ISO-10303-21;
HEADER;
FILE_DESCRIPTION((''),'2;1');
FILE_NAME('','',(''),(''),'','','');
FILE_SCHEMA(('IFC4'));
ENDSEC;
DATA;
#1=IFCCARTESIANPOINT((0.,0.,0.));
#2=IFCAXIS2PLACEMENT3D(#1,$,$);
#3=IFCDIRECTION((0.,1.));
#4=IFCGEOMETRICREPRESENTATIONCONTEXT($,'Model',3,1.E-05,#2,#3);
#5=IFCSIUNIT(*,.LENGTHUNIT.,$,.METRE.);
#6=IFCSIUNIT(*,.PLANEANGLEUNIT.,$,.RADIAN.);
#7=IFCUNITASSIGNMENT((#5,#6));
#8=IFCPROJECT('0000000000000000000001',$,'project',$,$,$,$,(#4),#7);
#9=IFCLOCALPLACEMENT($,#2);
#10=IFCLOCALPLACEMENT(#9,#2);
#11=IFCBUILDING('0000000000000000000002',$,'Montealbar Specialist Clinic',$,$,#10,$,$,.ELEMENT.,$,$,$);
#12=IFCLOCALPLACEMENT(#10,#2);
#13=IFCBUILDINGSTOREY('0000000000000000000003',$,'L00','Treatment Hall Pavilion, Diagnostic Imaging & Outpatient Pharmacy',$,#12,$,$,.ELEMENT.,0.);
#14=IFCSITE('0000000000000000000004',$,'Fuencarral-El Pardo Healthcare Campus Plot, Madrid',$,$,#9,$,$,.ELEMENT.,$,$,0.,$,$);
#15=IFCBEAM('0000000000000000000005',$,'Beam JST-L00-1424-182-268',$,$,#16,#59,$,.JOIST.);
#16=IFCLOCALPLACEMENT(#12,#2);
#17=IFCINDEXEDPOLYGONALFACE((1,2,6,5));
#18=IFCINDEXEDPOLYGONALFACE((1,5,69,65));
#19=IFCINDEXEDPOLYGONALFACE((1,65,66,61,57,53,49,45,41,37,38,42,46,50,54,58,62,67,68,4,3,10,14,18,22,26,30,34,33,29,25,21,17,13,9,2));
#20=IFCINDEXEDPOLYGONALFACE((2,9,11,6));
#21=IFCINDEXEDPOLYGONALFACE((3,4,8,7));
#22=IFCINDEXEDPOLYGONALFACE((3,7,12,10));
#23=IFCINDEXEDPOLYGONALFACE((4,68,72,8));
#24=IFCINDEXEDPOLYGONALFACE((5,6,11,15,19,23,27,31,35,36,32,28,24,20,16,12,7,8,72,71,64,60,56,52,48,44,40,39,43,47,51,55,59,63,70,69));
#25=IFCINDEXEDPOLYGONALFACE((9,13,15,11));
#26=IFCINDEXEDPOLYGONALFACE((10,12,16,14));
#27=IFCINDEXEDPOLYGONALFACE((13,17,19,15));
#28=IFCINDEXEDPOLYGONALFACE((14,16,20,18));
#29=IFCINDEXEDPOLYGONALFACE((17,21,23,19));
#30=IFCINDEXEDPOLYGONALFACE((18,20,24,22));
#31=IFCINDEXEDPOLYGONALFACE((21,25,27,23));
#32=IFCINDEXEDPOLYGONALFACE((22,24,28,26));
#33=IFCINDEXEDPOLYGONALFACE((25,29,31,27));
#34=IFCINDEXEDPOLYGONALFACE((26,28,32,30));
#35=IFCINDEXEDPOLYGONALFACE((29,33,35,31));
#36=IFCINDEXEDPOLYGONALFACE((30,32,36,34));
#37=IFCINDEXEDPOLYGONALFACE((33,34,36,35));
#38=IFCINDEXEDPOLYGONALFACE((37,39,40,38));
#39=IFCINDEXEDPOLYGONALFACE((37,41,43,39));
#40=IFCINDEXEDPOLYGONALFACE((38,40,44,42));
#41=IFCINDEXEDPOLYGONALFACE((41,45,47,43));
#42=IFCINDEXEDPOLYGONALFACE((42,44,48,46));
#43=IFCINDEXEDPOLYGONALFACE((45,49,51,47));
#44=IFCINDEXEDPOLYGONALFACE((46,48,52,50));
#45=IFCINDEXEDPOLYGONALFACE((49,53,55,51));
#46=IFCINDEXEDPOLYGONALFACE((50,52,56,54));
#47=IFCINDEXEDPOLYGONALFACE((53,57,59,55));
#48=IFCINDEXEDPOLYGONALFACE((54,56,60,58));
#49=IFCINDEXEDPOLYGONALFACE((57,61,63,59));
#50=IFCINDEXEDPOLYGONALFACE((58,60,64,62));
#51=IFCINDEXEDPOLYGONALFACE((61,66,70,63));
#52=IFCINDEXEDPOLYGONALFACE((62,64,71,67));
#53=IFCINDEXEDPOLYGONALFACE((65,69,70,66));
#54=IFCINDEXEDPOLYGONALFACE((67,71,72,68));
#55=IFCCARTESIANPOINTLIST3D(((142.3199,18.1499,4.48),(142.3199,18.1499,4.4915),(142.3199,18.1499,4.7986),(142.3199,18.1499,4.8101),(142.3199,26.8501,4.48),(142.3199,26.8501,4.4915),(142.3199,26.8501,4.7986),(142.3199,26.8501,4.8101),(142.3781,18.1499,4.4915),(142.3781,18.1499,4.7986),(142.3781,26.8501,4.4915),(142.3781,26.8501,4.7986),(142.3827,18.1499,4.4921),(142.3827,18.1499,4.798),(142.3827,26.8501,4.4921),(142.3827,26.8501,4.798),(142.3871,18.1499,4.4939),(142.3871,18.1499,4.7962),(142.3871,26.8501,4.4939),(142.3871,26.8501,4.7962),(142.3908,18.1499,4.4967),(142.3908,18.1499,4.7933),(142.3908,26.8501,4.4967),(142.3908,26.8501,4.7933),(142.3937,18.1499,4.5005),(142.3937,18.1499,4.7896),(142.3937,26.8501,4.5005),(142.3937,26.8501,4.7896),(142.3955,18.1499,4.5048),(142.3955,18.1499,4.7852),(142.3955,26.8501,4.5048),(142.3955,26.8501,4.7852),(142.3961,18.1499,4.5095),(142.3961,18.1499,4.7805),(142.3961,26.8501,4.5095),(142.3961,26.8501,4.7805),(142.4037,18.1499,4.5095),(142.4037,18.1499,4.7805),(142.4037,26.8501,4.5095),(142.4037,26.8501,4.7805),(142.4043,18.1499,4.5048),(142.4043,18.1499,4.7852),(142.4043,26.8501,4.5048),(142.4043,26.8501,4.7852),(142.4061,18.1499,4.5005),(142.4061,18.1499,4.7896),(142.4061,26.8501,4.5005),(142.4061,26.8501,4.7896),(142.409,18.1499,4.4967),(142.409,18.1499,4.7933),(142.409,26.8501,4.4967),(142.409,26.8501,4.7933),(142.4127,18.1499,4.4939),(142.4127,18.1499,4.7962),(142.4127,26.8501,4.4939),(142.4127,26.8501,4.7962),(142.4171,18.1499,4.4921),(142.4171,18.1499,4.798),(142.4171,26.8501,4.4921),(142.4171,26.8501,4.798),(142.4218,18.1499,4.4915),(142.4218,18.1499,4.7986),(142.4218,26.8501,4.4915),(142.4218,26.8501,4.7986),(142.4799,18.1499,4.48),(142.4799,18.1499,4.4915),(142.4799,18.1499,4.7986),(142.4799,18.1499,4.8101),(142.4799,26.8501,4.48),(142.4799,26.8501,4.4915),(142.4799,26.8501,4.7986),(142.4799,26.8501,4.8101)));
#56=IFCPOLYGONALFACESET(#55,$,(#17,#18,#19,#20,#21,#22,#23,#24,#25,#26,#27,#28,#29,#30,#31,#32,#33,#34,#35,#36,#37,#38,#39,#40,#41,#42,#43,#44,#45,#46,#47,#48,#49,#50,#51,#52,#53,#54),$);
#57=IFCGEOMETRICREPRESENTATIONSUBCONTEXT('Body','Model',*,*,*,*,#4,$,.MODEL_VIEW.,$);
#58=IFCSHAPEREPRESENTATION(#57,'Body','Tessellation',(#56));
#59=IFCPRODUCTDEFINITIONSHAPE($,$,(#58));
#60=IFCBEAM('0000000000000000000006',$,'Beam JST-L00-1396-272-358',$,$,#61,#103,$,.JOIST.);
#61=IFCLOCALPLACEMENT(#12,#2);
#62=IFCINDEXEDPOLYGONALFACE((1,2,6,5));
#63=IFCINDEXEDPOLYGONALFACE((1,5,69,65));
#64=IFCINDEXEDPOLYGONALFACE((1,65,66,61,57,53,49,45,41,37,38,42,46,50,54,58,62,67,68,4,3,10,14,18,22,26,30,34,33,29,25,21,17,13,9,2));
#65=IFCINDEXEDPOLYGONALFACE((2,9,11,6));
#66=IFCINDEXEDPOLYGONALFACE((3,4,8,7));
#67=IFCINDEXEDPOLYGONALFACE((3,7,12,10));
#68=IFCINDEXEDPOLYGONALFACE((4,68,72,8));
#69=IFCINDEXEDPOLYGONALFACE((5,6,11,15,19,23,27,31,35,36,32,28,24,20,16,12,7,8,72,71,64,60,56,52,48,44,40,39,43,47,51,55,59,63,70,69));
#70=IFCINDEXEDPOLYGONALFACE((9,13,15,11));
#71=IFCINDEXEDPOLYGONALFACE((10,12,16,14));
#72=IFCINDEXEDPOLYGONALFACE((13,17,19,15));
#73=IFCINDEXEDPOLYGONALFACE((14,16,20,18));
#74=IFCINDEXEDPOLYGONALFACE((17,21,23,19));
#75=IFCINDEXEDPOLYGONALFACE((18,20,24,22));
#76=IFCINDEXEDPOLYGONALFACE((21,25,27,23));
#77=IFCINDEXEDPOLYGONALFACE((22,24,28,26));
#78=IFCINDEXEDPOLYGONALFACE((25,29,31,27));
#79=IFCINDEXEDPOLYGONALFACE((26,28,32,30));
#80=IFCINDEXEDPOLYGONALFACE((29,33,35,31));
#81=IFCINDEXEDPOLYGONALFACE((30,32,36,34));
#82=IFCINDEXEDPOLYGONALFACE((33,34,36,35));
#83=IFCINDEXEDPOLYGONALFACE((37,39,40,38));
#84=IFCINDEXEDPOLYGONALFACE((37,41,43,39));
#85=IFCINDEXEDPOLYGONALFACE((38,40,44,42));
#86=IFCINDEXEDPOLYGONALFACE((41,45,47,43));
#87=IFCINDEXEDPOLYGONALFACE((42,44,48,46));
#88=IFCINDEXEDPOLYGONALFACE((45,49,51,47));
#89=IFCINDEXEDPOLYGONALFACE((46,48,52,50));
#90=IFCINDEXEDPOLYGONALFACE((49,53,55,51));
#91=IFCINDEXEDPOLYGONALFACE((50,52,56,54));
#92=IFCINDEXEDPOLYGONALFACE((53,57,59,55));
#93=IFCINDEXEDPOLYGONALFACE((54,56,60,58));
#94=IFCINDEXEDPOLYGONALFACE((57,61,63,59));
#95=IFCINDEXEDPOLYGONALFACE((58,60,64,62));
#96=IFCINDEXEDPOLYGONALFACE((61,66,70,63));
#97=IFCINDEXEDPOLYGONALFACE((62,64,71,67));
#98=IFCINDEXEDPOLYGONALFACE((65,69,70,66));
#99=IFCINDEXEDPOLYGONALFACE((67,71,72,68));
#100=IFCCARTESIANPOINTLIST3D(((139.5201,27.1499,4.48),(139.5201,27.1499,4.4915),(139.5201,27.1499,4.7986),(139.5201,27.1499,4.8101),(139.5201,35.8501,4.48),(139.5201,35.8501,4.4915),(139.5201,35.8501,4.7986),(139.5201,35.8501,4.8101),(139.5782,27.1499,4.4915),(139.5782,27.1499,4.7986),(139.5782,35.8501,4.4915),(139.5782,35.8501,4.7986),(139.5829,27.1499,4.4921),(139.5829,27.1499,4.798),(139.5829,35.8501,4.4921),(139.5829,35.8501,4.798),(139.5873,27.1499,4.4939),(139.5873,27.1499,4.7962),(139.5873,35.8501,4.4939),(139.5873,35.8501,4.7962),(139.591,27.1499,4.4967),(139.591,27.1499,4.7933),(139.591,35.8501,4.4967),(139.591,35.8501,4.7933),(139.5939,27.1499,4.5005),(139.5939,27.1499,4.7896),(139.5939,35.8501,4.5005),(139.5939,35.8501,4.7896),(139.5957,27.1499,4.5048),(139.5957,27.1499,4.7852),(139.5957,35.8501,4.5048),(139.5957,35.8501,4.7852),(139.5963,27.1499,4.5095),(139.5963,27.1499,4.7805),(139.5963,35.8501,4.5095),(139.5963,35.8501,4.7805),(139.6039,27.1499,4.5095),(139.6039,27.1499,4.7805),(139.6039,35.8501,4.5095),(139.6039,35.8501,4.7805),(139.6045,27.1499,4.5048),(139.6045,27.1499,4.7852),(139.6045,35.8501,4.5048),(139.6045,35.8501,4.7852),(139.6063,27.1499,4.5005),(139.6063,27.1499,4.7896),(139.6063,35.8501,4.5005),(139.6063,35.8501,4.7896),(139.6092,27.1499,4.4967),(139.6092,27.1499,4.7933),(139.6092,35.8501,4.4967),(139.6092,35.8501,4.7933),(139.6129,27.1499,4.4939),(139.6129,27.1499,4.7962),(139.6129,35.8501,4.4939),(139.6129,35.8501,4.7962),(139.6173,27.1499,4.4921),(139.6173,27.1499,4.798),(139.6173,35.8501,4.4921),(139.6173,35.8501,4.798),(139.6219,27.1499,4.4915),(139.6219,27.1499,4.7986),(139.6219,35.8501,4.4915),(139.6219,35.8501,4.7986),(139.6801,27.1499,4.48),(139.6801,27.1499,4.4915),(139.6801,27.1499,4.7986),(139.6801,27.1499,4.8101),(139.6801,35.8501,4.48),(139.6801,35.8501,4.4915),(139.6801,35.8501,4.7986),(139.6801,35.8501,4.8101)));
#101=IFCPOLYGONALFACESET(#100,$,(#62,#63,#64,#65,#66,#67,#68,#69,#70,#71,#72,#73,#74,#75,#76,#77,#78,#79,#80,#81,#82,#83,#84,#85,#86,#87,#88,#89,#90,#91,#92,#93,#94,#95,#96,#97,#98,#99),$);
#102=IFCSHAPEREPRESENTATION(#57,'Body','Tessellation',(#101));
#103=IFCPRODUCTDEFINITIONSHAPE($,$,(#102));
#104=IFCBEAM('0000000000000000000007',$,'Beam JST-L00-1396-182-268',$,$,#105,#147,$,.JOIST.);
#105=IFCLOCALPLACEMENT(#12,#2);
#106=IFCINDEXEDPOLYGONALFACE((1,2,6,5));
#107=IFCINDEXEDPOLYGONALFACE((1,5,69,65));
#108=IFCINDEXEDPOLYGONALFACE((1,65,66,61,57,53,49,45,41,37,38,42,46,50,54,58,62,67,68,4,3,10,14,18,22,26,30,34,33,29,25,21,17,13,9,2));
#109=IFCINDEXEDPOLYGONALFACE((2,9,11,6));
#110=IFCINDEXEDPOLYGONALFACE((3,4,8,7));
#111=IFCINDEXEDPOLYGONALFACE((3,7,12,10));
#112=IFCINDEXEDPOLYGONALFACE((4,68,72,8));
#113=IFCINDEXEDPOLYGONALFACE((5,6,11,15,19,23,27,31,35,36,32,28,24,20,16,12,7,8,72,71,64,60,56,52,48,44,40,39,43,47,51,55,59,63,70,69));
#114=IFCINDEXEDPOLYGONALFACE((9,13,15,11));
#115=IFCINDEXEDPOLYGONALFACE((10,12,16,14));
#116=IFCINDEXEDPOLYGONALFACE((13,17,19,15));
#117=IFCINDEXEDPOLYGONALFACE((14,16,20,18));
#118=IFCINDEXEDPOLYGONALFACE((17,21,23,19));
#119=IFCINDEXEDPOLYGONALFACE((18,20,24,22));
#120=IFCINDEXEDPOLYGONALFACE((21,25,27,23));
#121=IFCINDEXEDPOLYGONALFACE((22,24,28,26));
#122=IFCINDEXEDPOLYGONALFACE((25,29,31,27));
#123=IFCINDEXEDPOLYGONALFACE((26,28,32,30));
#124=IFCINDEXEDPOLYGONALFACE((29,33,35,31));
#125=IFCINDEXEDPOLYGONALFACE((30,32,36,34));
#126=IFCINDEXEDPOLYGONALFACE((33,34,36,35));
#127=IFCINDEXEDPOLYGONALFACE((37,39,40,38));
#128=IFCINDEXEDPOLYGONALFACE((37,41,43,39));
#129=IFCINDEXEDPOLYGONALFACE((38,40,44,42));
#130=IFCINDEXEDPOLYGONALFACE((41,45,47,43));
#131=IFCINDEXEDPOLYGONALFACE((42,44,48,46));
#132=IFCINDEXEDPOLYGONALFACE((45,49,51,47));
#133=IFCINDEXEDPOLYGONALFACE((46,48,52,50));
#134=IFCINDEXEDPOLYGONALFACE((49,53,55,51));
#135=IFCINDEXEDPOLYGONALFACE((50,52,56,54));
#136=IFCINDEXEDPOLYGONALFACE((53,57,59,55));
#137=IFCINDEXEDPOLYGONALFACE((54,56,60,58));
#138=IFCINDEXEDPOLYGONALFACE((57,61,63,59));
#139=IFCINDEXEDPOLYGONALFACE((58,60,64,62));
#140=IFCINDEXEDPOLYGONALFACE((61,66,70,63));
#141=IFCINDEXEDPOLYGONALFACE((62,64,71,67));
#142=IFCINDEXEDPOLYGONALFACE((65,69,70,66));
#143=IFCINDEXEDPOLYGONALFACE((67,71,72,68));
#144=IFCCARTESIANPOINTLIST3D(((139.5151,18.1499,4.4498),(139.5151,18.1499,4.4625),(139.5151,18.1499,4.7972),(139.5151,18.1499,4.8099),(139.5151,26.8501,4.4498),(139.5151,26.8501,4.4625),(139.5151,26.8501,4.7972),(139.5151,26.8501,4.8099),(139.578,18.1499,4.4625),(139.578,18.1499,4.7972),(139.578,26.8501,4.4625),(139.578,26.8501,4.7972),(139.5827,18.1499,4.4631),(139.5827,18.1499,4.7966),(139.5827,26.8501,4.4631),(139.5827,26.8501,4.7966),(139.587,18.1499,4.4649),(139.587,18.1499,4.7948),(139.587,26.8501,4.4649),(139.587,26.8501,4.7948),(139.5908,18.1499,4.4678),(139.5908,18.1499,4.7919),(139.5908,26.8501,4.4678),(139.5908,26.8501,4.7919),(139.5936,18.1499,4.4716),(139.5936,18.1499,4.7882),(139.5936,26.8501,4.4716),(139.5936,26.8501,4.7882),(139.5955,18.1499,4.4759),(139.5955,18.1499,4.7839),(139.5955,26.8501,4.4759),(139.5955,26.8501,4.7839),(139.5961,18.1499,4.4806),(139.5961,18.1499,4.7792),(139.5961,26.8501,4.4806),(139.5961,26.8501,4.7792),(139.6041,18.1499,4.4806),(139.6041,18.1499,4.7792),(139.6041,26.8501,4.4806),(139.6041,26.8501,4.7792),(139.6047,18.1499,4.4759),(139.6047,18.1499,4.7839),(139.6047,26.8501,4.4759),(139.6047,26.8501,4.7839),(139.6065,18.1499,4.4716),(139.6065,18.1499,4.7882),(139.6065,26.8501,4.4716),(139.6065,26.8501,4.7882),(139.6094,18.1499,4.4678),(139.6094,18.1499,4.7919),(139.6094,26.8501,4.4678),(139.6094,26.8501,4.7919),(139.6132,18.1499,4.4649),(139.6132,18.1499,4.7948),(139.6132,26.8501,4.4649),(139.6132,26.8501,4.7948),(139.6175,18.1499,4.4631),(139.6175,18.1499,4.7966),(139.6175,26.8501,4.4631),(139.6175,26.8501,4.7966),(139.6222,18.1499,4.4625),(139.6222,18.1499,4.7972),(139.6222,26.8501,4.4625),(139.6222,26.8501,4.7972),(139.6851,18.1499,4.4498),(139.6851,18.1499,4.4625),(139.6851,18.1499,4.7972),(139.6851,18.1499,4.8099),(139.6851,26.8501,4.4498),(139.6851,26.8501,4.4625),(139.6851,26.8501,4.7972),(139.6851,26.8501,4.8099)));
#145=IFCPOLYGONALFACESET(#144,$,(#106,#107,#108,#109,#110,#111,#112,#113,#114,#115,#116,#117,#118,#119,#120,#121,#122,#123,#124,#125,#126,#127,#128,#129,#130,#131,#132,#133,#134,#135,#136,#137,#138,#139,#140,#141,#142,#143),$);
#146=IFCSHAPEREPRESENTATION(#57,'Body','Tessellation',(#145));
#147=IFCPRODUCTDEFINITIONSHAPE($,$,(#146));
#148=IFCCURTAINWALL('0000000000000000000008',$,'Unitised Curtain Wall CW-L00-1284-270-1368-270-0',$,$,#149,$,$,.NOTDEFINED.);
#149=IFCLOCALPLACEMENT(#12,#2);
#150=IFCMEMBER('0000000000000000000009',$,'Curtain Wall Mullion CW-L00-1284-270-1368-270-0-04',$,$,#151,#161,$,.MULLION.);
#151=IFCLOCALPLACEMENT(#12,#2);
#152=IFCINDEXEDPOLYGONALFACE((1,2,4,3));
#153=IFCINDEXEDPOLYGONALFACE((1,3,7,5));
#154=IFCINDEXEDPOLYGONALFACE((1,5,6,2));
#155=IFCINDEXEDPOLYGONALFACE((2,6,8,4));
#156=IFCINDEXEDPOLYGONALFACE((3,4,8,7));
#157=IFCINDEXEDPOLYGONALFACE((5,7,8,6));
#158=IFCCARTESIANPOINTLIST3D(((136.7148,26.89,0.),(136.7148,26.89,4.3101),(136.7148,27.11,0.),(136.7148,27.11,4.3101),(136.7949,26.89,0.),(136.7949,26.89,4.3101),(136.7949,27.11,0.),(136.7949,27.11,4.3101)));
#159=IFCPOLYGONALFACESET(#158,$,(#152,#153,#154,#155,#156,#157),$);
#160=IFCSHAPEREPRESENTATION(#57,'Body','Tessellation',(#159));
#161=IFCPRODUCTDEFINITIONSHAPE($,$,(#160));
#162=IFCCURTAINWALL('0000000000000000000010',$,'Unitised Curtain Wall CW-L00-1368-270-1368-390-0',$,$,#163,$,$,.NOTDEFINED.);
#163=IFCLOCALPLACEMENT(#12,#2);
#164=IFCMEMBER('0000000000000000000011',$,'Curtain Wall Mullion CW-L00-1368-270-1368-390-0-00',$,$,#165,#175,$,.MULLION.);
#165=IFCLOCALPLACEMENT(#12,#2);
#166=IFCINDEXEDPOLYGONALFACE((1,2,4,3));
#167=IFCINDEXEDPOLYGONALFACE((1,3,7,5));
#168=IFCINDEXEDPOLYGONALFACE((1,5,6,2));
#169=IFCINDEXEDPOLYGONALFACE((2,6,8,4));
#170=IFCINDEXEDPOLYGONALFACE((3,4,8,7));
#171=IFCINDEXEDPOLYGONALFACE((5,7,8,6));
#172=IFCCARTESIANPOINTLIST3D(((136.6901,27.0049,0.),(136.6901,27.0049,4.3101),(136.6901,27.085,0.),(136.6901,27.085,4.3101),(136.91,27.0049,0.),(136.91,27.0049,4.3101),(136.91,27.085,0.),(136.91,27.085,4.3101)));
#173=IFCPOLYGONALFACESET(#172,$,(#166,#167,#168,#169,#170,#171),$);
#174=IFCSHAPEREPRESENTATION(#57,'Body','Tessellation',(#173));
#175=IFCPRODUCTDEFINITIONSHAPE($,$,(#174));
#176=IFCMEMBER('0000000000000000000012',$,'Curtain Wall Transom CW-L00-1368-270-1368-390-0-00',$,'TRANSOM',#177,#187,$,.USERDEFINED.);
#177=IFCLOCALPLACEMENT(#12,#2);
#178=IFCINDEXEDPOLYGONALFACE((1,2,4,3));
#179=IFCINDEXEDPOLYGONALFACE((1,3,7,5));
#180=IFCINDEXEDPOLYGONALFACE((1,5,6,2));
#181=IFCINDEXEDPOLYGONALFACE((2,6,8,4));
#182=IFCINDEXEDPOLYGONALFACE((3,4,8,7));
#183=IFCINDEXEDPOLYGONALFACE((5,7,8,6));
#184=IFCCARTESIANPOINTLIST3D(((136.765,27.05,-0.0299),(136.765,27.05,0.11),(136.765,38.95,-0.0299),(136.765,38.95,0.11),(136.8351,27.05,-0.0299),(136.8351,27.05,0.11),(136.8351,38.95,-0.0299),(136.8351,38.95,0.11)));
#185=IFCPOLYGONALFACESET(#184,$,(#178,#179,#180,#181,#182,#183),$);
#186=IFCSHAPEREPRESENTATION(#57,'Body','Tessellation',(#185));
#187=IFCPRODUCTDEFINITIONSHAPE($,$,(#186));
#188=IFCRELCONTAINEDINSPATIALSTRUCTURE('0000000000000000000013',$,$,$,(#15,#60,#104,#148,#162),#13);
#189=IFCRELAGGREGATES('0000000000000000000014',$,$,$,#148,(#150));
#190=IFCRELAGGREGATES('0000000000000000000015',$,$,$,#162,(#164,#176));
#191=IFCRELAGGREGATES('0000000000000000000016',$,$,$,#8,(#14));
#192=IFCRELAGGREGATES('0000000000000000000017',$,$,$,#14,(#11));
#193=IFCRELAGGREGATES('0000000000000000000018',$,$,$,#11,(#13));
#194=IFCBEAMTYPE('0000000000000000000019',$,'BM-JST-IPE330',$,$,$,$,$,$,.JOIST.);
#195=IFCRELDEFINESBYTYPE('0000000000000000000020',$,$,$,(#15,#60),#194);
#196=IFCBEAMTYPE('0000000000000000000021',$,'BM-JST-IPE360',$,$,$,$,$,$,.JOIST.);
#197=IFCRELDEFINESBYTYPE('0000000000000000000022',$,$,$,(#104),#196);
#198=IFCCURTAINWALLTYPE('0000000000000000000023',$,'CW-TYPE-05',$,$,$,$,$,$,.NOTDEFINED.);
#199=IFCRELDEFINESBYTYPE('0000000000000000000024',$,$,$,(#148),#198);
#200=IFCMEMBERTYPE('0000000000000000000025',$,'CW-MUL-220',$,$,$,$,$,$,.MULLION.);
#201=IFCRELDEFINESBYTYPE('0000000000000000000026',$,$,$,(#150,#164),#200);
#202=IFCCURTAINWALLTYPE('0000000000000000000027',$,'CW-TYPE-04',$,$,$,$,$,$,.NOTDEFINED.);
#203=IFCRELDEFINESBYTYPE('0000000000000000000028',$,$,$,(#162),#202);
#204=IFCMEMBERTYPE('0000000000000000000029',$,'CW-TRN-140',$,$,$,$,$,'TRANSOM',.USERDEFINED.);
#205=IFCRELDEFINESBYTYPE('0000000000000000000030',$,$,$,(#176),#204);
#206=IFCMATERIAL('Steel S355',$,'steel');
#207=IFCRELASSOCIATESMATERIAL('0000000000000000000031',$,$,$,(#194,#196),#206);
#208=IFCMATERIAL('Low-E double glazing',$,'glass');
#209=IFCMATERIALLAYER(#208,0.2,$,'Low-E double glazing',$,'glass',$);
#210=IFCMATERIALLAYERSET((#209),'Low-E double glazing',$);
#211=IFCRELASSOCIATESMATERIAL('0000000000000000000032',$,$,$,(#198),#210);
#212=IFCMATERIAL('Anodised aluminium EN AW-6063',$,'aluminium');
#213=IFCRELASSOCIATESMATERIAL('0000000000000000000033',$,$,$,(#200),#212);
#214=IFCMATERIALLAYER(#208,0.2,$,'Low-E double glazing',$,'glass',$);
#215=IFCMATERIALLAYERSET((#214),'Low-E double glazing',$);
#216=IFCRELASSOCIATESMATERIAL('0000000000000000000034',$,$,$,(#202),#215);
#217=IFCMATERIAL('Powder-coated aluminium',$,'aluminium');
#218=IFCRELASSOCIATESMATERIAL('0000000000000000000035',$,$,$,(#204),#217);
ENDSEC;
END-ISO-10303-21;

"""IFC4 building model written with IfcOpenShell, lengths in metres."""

from ifc_helpers import new_model, si_unit, direction, frame, origin, origin_2d, place, context, subcontext, project, spatial, rectangle, i_section, extrude, material, layer, layer_set, material_profile, profile_set, type_object, element, aggregate, save


model = new_model("IFC4")

# Units and contexts
model_context = context("Model", 3, precision=1e-05, world=origin(), true_north=direction((0.0, 1.0)))
body_context = subcontext(model_context, "Body", "Model", "MODEL_VIEW")
ifc_project = project(units=[si_unit("LENGTHUNIT", "METRE"), si_unit("PLANEANGLEUNIT", "RADIAN")], contexts=[model_context])

# Site, building, storey
site_placement = place(None, origin())
site = spatial("IfcSite", under=ifc_project, at=site_placement, Name="Fuencarral-El Pardo Healthcare Campus Plot, Madrid", CompositionType="ELEMENT", RefElevation=0.0)
building_placement = place(site_placement, origin())
building = spatial("IfcBuilding", under=site, at=building_placement, Name="Montealbar Specialist Clinic", CompositionType="ELEMENT")
storey_placement = place(building_placement, origin())
storey = spatial("IfcBuildingStorey", under=building, at=storey_placement, Name="L00", Description="Treatment Hall Pavilion, Diagnostic Imaging & Outpatient Pharmacy", CompositionType="ELEMENT", Elevation=0.0)

# Shared definitions
ifc_material_1 = material(Name="Steel S355", Category="steel")

# Beams
ifc_material_profile_1 = material_profile(ifc_material_1, i_section(OverallWidth=0.1599, OverallDepth=0.3301, WebThickness=0.0076, FlangeThickness=0.0115, FilletRadius=0.0181, at=origin_2d()), Name="IPE 330", Category="steel")
ifc_profile_set_1 = profile_set([ifc_material_profile_1], Name="Steel S355")
beam_type_1 = type_object("IfcBeamType", Name="BM-JST-IPE330", PredefinedType="JOIST", material=ifc_profile_set_1)
for number, where, z_axis, x_axis, name in (
    (1, (142.3999, 18.1499, 4.645), (0.0, 1.0, 0.0), (-1.0, 0.0, 0.0), "Beam JST-L00-1424-182-268"),
    (2, (139.6001, 27.1499, 4.645), (0.0, 1.0, 0.0), (-1.0, 0.0, 0.0), "Beam JST-L00-1396-272-358"),
):
    element("IfcBeam", number, at=place(storey_placement, frame(where, z_axis=z_axis, x_axis=x_axis)), inside=storey, type_object=beam_type_1, Name=name, PredefinedType="JOIST", context=body_context, shape_type="SweptSolid", body=[
        extrude(i_section(OverallWidth=0.1599, OverallDepth=0.3301, WebThickness=0.0076, FlangeThickness=0.0115, FilletRadius=0.0181, at=origin_2d()), origin(), (0.0, 0.0, 1.0), 8.7002),
    ])
ifc_material_profile_2 = material_profile(ifc_material_1, i_section(OverallWidth=0.1699, OverallDepth=0.3601, WebThickness=0.0081, FlangeThickness=0.0127, FilletRadius=0.0181, at=origin_2d()), Name="IPE 360", Category="steel")
ifc_profile_set_2 = profile_set([ifc_material_profile_2], Name="Steel S355")
beam_type_2 = type_object("IfcBeamType", Name="BM-JST-IPE360", PredefinedType="JOIST", material=ifc_profile_set_2)
beam_1_placement = place(storey_placement, frame((139.6001, 18.1499, 4.6299), z_axis=(0.0, 1.0, 0.0), x_axis=(-1.0, 0.0, 0.0)))
element("IfcBeam", 3, at=beam_1_placement, inside=storey, type_object=beam_type_2, Name="Beam JST-L00-1396-182-268", PredefinedType="JOIST", context=body_context, shape_type="SweptSolid", body=[
    extrude(i_section(OverallWidth=0.1699, OverallDepth=0.3601, WebThickness=0.0081, FlangeThickness=0.0127, FilletRadius=0.0181, at=origin_2d()), origin(), (0.0, 0.0, 1.0), 8.7002),
])

# Curtain wall, member
ifc_material_2 = material(Name="Low-E double glazing", Category="glass")
ifc_layer_1 = layer(ifc_material_2, 0.2, Name="Low-E double glazing", Category="glass")
ifc_layer_set_1 = layer_set([ifc_layer_1], Name="Low-E double glazing")
curtain_wall_type_1 = type_object("IfcCurtainWallType", Name="CW-TYPE-05", PredefinedType="NOTDEFINED", material=ifc_layer_set_1)
curtain_wall_1_placement = place(storey_placement, origin())
curtain_wall_1 = element("IfcCurtainWall", 4, at=curtain_wall_1_placement, inside=storey, type_object=curtain_wall_type_1, Name="Unitised Curtain Wall CW-L00-1284-270-1368-270-0", PredefinedType="NOTDEFINED")
ifc_material_3 = material(Name="Anodised aluminium EN AW-6063", Category="aluminium")
ifc_material_profile_3 = material_profile(ifc_material_3, rectangle(XDim=0.0801, YDim=0.22, at=origin_2d()), Name="ALU 80x220", Category="aluminium")
ifc_profile_set_3 = profile_set([ifc_material_profile_3], Name="Anodised aluminium EN AW-6063")
member_type_1 = type_object("IfcMemberType", Name="CW-MUL-220", PredefinedType="MULLION", material=ifc_profile_set_3)
member_1_placement = place(storey_placement, frame((136.7549, 27.0, 0.0), z_axis=(0.0, 0.0, 1.0), x_axis=(1.0, 0.0, 0.0)))
member_1 = element("IfcMember", 5, at=member_1_placement, type_object=member_type_1, Name="Curtain Wall Mullion CW-L00-1284-270-1368-270-0-04", PredefinedType="MULLION", context=body_context, shape_type="SweptSolid", body=[
    extrude(rectangle(XDim=0.0801, YDim=0.22, at=origin_2d()), origin(), (0.0, 0.0, 1.0), 4.3101),
])
aggregate(curtain_wall_1, [member_1])

# Curtain wall, members
ifc_layer_2 = layer(ifc_material_2, 0.2, Name="Low-E double glazing", Category="glass")
ifc_layer_set_2 = layer_set([ifc_layer_2], Name="Low-E double glazing")
curtain_wall_type_2 = type_object("IfcCurtainWallType", Name="CW-TYPE-04", PredefinedType="NOTDEFINED", material=ifc_layer_set_2)
curtain_wall_2_placement = place(storey_placement, origin())
curtain_wall_2 = element("IfcCurtainWall", 6, at=curtain_wall_2_placement, inside=storey, type_object=curtain_wall_type_2, Name="Unitised Curtain Wall CW-L00-1368-270-1368-390-0", PredefinedType="NOTDEFINED")
member_2_placement = place(storey_placement, frame((136.8, 27.0449, 0.0), z_axis=(0.0, 0.0, 1.0), x_axis=(0.0, 1.0, 0.0)))
member_2 = element("IfcMember", 7, at=member_2_placement, type_object=member_type_1, Name="Curtain Wall Mullion CW-L00-1368-270-1368-390-0-00", PredefinedType="MULLION", context=body_context, shape_type="SweptSolid", body=[
    extrude(rectangle(XDim=0.0801, YDim=0.22, at=origin_2d()), origin(), (0.0, 0.0, 1.0), 4.3101),
])
ifc_material_4 = material(Name="Powder-coated aluminium", Category="aluminium")
ifc_material_profile_4 = material_profile(ifc_material_4, rectangle(XDim=0.0701, YDim=0.1399, at=origin_2d()), Name="ALU 70x140", Category="aluminium")
ifc_profile_set_4 = profile_set([ifc_material_profile_4], Name="Powder-coated aluminium")
member_type_2 = type_object("IfcMemberType", Name="CW-TRN-140", ElementType="TRANSOM", PredefinedType="USERDEFINED", material=ifc_profile_set_4)
member_3_placement = place(storey_placement, frame((136.8, 27.05, 0.04), z_axis=(0.0, 1.0, 0.0), x_axis=(-1.0, 0.0, 0.0)))
member_3 = element("IfcMember", 8, at=member_3_placement, type_object=member_type_2, Name="Curtain Wall Transom CW-L00-1368-270-1368-390-0-00", ObjectType="TRANSOM", PredefinedType="USERDEFINED", context=body_context, shape_type="SweptSolid", body=[
    extrude(rectangle(XDim=0.0701, YDim=0.1399, at=origin_2d()), origin(), (0.0, 0.0, 1.0), 11.8999),
])
aggregate(curtain_wall_2, [member_2, member_3])

save(model, "model.ifc")
